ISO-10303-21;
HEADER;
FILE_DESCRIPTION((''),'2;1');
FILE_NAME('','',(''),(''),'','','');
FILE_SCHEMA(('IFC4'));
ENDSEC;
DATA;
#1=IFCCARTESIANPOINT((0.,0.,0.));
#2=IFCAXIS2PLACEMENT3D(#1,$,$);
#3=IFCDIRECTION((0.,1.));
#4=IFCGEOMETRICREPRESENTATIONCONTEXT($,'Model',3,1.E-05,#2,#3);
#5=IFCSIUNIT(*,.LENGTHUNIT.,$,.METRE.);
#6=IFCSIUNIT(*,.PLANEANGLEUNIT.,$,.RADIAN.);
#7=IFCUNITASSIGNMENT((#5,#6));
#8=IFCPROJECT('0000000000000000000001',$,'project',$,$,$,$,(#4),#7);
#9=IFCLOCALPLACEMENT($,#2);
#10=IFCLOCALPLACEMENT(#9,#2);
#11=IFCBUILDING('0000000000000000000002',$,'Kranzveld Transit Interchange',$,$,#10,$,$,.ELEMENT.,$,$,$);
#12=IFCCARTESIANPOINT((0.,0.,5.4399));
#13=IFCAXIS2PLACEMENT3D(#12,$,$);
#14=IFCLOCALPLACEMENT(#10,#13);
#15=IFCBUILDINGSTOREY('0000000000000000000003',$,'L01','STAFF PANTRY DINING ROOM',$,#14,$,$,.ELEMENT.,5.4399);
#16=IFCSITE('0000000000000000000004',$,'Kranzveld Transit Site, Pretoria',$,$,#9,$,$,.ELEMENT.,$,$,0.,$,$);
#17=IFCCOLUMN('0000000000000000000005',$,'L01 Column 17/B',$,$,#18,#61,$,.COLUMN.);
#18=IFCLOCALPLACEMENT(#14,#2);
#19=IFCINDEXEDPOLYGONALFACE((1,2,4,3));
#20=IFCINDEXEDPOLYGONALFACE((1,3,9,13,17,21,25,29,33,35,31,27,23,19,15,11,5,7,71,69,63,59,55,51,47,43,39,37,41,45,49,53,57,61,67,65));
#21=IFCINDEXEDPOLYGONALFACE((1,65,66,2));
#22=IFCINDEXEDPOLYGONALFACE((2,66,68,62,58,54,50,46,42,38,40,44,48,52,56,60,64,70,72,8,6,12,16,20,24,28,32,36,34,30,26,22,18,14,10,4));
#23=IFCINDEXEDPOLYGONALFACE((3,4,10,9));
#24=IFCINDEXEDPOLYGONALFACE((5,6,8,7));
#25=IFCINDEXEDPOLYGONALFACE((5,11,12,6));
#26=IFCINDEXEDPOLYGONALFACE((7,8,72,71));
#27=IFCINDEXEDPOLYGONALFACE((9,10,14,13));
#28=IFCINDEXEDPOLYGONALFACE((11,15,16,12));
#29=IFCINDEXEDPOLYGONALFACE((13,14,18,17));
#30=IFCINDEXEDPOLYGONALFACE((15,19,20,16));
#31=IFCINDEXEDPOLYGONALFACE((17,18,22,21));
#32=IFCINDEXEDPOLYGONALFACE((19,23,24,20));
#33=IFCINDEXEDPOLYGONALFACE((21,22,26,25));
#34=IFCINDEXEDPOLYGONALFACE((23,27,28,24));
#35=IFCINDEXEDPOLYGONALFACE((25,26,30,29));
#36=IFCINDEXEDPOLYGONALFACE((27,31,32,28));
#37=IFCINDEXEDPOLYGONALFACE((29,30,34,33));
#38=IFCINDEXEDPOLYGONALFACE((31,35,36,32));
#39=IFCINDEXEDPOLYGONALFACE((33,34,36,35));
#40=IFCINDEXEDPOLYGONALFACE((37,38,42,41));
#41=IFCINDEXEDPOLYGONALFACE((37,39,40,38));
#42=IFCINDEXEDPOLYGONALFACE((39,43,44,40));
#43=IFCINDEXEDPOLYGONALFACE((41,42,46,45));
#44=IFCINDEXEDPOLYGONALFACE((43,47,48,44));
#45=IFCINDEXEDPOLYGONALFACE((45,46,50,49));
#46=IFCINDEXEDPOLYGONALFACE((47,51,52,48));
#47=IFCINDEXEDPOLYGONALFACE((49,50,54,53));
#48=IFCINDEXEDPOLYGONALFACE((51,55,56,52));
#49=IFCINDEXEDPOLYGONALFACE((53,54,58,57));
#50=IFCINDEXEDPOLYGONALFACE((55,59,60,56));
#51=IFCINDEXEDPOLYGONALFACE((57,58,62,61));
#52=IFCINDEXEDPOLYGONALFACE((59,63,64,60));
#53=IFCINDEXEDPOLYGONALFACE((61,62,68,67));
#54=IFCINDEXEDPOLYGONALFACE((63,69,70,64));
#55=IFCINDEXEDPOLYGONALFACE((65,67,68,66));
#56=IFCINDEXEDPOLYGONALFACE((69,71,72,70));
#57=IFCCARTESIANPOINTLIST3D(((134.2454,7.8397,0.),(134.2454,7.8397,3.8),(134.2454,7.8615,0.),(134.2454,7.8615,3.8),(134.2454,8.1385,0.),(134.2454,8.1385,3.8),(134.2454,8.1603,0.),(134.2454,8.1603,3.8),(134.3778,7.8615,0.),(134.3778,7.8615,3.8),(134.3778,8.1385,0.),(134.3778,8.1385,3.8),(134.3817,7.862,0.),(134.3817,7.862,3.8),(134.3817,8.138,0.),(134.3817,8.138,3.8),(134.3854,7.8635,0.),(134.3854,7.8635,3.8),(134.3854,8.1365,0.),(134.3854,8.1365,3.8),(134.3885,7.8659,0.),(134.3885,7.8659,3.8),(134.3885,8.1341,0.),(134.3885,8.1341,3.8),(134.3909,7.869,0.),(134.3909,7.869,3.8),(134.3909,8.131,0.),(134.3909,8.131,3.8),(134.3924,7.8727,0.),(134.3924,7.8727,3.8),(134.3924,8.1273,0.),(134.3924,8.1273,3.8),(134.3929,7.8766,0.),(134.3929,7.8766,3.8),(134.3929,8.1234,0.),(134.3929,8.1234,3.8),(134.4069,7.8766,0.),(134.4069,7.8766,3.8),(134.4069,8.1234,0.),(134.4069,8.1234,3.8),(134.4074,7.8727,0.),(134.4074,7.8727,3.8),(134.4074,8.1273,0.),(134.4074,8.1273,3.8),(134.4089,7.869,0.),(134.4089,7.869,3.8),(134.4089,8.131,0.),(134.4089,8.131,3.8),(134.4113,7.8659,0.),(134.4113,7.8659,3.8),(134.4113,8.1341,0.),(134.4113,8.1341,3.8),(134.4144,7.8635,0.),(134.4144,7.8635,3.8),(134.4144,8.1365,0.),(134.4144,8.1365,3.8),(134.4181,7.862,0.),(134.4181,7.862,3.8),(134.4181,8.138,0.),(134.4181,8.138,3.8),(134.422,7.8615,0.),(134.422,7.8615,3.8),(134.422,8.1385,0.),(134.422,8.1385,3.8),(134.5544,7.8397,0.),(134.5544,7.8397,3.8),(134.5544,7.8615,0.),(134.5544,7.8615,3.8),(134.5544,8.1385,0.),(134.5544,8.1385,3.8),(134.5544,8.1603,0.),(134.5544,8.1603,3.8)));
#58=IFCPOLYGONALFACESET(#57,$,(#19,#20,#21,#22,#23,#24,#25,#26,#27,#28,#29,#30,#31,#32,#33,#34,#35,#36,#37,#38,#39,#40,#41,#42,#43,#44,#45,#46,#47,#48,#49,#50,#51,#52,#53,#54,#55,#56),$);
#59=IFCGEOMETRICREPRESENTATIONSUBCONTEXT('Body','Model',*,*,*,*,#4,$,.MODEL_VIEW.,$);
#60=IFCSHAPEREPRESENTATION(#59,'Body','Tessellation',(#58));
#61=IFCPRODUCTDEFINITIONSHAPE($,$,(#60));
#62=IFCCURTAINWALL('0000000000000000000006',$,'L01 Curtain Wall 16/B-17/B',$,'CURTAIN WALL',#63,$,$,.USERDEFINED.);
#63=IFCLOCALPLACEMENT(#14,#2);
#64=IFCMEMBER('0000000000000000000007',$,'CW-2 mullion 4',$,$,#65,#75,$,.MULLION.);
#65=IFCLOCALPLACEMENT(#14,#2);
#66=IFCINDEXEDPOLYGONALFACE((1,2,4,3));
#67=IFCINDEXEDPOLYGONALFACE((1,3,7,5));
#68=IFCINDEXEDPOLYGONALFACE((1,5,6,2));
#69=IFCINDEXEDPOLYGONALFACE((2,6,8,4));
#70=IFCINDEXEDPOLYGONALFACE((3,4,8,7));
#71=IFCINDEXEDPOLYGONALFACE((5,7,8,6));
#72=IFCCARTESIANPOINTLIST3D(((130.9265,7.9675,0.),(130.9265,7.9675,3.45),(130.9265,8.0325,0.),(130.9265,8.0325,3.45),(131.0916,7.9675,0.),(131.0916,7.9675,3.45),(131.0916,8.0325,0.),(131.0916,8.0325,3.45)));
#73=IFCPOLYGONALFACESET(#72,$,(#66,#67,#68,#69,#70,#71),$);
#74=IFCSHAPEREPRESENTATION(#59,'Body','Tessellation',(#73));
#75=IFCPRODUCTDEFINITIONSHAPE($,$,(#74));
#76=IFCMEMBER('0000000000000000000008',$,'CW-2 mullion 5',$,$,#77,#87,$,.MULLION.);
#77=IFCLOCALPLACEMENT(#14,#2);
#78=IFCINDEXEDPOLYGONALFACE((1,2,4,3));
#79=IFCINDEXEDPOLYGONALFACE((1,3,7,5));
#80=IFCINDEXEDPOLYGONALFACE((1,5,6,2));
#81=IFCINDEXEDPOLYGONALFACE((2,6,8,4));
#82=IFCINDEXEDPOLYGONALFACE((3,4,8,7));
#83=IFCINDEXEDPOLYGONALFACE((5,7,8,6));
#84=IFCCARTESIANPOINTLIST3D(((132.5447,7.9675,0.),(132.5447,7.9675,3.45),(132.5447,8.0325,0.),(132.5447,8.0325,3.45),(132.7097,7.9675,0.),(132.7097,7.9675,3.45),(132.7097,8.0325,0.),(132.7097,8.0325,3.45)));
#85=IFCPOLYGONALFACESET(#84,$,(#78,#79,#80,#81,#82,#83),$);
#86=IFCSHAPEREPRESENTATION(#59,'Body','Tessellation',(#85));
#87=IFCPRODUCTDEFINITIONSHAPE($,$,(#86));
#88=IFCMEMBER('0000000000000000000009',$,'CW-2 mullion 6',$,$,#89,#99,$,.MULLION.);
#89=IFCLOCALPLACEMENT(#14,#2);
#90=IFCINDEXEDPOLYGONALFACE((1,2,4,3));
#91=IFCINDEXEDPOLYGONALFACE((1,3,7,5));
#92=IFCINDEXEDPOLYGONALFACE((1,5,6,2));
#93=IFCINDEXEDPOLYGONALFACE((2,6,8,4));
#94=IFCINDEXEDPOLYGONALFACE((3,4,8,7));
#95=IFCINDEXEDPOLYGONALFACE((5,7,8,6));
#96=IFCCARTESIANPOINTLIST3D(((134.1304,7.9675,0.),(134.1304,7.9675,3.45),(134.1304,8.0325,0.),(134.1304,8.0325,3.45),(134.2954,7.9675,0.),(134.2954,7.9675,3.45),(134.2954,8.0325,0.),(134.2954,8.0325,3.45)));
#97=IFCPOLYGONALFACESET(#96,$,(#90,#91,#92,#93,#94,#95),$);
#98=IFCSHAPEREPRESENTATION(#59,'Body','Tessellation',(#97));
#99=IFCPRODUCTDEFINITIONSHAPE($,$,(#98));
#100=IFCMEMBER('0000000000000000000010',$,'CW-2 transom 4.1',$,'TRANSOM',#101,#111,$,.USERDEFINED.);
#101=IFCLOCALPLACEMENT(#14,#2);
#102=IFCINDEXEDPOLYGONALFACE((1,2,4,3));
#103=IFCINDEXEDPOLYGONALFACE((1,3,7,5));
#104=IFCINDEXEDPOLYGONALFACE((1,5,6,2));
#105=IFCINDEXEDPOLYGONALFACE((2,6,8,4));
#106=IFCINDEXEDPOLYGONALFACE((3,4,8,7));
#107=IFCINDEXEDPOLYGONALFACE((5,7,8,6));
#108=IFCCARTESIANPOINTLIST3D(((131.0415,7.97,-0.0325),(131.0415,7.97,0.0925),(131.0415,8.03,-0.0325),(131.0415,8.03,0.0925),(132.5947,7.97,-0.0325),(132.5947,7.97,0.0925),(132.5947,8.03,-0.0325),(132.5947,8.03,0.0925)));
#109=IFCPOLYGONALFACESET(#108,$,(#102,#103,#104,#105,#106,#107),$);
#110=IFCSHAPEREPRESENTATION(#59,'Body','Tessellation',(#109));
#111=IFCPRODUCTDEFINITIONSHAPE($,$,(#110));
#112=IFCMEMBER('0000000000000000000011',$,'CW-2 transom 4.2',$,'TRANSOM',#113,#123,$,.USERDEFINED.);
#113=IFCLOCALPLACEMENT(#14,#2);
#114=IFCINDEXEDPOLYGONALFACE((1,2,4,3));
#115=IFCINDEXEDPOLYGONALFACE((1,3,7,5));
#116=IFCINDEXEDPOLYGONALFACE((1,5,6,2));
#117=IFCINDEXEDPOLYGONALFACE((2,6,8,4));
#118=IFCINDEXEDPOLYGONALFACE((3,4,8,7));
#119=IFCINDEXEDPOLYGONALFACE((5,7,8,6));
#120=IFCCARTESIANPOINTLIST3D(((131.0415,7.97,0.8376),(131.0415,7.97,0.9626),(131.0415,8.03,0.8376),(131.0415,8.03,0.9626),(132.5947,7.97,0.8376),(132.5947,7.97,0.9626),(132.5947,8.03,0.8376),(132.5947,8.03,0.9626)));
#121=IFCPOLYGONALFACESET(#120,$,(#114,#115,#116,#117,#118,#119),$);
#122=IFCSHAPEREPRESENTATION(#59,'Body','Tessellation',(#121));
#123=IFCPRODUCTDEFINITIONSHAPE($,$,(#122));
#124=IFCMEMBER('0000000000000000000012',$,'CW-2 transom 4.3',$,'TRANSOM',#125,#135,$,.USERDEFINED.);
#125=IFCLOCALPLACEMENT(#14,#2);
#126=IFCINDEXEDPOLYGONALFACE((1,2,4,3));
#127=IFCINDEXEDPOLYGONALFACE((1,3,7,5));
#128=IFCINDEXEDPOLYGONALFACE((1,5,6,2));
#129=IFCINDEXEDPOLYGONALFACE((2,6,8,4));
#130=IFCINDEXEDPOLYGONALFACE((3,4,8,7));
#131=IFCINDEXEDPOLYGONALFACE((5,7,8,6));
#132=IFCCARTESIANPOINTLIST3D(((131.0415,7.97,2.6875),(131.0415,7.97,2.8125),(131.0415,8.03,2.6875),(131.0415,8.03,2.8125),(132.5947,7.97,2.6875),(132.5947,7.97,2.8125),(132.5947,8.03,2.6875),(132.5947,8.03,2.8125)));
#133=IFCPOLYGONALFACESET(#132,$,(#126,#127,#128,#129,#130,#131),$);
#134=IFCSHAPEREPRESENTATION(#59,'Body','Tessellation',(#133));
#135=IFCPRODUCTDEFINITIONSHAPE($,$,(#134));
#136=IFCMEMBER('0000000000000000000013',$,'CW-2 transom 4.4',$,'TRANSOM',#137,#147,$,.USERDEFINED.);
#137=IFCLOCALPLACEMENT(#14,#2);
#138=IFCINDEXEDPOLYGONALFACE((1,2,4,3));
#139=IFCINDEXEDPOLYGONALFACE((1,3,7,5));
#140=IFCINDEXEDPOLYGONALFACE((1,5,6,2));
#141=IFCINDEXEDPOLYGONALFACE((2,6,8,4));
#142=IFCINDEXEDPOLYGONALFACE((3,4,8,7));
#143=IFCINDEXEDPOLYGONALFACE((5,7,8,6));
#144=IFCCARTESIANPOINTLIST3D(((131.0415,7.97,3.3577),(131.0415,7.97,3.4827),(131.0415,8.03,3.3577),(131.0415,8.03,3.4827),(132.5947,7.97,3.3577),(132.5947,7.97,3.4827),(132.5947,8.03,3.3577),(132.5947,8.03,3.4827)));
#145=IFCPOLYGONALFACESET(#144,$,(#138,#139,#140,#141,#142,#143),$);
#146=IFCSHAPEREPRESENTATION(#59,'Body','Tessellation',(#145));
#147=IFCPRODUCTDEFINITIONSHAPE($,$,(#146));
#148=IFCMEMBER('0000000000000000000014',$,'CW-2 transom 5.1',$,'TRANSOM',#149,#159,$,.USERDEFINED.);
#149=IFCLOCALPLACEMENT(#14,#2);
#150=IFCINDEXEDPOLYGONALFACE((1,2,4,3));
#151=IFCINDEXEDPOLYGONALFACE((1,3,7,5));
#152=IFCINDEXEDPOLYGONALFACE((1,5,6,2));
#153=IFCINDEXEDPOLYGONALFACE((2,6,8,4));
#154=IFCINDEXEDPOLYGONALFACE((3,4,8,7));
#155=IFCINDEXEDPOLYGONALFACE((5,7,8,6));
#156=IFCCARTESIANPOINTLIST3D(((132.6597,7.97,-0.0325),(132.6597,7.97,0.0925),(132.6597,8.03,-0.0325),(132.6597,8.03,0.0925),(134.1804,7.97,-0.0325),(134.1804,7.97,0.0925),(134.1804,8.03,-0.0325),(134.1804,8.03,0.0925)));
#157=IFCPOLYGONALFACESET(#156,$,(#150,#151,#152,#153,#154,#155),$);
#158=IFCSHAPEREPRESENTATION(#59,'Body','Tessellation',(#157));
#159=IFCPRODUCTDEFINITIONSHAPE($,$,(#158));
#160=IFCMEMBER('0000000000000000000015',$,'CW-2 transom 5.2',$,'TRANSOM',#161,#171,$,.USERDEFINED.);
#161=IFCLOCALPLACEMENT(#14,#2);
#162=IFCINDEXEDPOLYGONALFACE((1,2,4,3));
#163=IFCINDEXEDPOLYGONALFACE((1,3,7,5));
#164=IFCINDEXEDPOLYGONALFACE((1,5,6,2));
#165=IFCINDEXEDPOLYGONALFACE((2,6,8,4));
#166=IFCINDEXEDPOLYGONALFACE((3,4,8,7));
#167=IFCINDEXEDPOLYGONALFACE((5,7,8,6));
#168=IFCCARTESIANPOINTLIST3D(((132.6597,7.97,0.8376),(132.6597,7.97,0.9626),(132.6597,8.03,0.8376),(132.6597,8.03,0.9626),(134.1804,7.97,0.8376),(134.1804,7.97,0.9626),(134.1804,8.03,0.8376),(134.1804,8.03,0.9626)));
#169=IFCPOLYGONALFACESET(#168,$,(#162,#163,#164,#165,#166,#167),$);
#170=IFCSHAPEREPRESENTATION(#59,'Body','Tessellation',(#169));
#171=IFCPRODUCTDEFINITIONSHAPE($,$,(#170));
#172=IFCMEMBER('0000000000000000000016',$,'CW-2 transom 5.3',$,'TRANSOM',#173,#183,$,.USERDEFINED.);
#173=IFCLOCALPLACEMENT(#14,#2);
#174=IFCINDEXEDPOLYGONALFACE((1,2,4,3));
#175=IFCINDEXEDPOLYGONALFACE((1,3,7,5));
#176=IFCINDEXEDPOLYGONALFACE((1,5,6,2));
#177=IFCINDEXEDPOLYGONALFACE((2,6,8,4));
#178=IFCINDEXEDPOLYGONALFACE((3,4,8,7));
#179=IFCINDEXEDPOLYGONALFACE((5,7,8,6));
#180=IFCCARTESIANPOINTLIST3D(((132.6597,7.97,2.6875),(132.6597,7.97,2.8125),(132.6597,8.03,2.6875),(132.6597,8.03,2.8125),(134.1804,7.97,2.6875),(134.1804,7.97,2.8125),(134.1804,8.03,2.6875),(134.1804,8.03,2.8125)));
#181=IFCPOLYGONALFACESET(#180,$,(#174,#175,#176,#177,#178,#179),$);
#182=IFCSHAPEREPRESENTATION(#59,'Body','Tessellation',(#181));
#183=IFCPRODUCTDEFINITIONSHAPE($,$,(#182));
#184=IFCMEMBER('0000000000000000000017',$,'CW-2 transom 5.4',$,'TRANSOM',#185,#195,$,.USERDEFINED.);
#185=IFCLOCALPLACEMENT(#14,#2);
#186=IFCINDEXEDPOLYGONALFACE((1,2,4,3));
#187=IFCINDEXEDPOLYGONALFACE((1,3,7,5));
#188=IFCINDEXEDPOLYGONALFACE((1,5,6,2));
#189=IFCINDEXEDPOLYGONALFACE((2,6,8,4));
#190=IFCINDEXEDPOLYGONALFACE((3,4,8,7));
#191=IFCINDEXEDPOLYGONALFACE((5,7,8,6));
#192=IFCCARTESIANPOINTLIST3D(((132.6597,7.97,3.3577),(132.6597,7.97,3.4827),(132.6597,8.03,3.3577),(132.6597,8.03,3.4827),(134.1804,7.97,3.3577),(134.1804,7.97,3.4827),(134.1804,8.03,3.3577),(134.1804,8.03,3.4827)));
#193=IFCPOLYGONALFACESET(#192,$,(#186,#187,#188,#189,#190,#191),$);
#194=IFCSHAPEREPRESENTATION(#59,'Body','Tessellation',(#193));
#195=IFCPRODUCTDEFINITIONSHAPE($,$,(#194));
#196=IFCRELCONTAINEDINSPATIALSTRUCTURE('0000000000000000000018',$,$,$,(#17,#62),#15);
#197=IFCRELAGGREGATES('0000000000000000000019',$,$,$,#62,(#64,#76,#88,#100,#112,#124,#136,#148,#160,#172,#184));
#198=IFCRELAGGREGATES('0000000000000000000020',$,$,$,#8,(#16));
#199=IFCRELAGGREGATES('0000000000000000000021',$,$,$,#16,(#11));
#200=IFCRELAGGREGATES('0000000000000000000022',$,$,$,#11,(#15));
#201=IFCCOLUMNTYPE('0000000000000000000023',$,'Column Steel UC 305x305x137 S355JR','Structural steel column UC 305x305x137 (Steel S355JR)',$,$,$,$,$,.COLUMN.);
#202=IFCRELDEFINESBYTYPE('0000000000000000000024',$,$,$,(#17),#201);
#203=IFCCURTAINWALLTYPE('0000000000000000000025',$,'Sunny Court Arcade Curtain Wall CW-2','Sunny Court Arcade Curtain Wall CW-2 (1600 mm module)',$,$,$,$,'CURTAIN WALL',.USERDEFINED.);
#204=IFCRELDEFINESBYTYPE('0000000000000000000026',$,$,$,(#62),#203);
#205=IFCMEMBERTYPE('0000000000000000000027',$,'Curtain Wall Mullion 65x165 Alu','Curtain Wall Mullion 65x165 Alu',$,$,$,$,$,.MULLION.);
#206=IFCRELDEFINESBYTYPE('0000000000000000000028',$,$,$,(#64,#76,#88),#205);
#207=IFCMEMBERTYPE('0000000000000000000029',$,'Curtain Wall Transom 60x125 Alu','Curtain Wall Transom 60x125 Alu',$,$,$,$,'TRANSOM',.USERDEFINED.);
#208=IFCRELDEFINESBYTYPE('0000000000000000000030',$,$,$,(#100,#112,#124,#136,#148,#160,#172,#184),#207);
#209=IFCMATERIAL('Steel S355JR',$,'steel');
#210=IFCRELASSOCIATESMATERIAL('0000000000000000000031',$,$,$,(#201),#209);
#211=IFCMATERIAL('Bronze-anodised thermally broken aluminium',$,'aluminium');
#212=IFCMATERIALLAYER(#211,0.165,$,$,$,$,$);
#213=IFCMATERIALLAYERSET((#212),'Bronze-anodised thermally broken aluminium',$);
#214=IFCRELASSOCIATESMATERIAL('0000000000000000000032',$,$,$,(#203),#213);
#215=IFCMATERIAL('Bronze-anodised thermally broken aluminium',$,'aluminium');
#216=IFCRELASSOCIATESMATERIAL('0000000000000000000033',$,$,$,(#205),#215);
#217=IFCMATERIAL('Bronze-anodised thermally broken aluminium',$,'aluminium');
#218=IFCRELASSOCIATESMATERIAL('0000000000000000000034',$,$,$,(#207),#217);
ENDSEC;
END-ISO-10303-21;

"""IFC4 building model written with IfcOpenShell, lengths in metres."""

from ifc_helpers import new_model, si_unit, direction, frame, origin, origin_2d, place, context, subcontext, project, spatial, rectangle, i_section, extrude, material, layer, layer_set, material_profile, profile_set, type_object, element, aggregate, save


model = new_model("IFC4")

# Units and contexts
model_context = context("Model", 3, precision=1e-05, world=origin(), true_north=direction((0.0, 1.0)))
body_context = subcontext(model_context, "Body", "Model", "MODEL_VIEW")
ifc_project = project(units=[si_unit("LENGTHUNIT", "METRE"), si_unit("PLANEANGLEUNIT", "RADIAN")], contexts=[model_context])

# Site, building, storey
site_placement = place(None, origin())
site = spatial("IfcSite", under=ifc_project, at=site_placement, Name="Kranzveld Transit Site, Pretoria", CompositionType="ELEMENT", RefElevation=0.0)
building_placement = place(site_placement, origin())
building = spatial("IfcBuilding", under=site, at=building_placement, Name="Kranzveld Transit Interchange", CompositionType="ELEMENT")
storey_placement = place(building_placement, frame((0.0, 0.0, 5.4399)))
storey = spatial("IfcBuildingStorey", under=building, at=storey_placement, Name="L01", Description="STAFF PANTRY DINING ROOM", CompositionType="ELEMENT", Elevation=5.4399)

# Column
ifc_material_1 = material(Name="Steel S355JR", Category="steel")
ifc_material_profile_1 = material_profile(ifc_material_1, i_section(OverallWidth=0.3091, OverallDepth=0.3206, WebThickness=0.0139, FlangeThickness=0.0217, FilletRadius=0.0151, at=origin_2d()), Name="UC 305x305x137")
ifc_profile_set_1 = profile_set([ifc_material_profile_1], Name="Steel S355JR")
column_type = type_object("IfcColumnType", Name="Column Steel UC 305x305x137 S355JR", Description="Structural steel column UC 305x305x137 (Steel S355JR)", PredefinedType="COLUMN", material=ifc_profile_set_1)
column_placement = place(storey_placement, frame((134.3999, 8.0, 0.0), z_axis=(0.0, 0.0, 1.0), x_axis=(1.0, 0.0, 0.0)))
element("IfcColumn", 1, at=column_placement, inside=storey, type_object=column_type, Name="L01 Column 17/B", PredefinedType="COLUMN", context=body_context, shape_type="SweptSolid", body=[
    extrude(i_section(OverallWidth=0.3091, OverallDepth=0.3206, WebThickness=0.0139, FlangeThickness=0.0217, FilletRadius=0.0151, at=origin_2d()), origin(), (0.0, 0.0, 1.0), 3.8),
])

# Curtain wall, members
ifc_material_2 = material(Name="Bronze-anodised thermally broken aluminium", Category="aluminium")
ifc_layer_1 = layer(ifc_material_2, 0.165)
ifc_layer_set_1 = layer_set([ifc_layer_1], Name="Bronze-anodised thermally broken aluminium")
curtain_wall_type = type_object("IfcCurtainWallType", Name="Sunny Court Arcade Curtain Wall CW-2", Description="Sunny Court Arcade Curtain Wall CW-2 (1600 mm module)", ElementType="CURTAIN WALL", PredefinedType="USERDEFINED", material=ifc_layer_set_1)
curtain_wall_placement = place(storey_placement, origin())
curtain_wall = element("IfcCurtainWall", 2, at=curtain_wall_placement, inside=storey, type_object=curtain_wall_type, Name="L01 Curtain Wall 16/B-17/B", ObjectType="CURTAIN WALL", PredefinedType="USERDEFINED")
ifc_material_3 = material(Name="Bronze-anodised thermally broken aluminium", Category="aluminium")
ifc_material_profile_2 = material_profile(ifc_material_3, rectangle(XDim=0.0649, YDim=0.165, at=origin_2d()), Name="ALU MULLION 65x165")
ifc_profile_set_2 = profile_set([ifc_material_profile_2], Name="Bronze-anodised thermally broken aluminium")
member_type_1 = type_object("IfcMemberType", Name="Curtain Wall Mullion 65x165 Alu", Description="Curtain Wall Mullion 65x165 Alu", PredefinedType="MULLION", material=ifc_profile_set_2)
member_1_placement = place(storey_placement, frame((131.009, 8.0, 0.0), z_axis=(0.0, 0.0, 1.0), x_axis=(0.0, 1.0, 0.0)))
member_1 = element("IfcMember", 3, at=member_1_placement, type_object=member_type_1, Name="CW-2 mullion 4", PredefinedType="MULLION", context=body_context, shape_type="SweptSolid", body=[
    extrude(rectangle(XDim=0.0649, YDim=0.165, at=origin_2d()), origin(), (0.0, 0.0, 1.0), 3.45),
])
member_2_placement = place(storey_placement, frame((132.6272, 8.0, 0.0), z_axis=(0.0, 0.0, 1.0), x_axis=(0.0, 1.0, 0.0)))
member_2 = element("IfcMember", 4, at=member_2_placement, type_object=member_type_1, Name="CW-2 mullion 5", PredefinedType="MULLION", context=body_context, shape_type="SweptSolid", body=[
    extrude(rectangle(XDim=0.0649, YDim=0.165, at=origin_2d()), origin(), (0.0, 0.0, 1.0), 3.45),
])
member_3_placement = place(storey_placement, frame((134.2129, 8.0, 0.0), z_axis=(0.0, 0.0, 1.0), x_axis=(0.0, 1.0, 0.0)))
member_3 = element("IfcMember", 5, at=member_3_placement, type_object=member_type_1, Name="CW-2 mullion 6", PredefinedType="MULLION", context=body_context, shape_type="SweptSolid", body=[
    extrude(rectangle(XDim=0.0649, YDim=0.165, at=origin_2d()), origin(), (0.0, 0.0, 1.0), 3.45),
])
ifc_material_4 = material(Name="Bronze-anodised thermally broken aluminium", Category="aluminium")
ifc_material_profile_3 = material_profile(ifc_material_4, rectangle(XDim=0.0601, YDim=0.125, at=origin_2d()), Name="ALU TRANSOM 60x125")
ifc_profile_set_3 = profile_set([ifc_material_profile_3], Name="Bronze-anodised thermally broken aluminium")
member_type_2 = type_object("IfcMemberType", Name="Curtain Wall Transom 60x125 Alu", Description="Curtain Wall Transom 60x125 Alu", ElementType="TRANSOM", PredefinedType="USERDEFINED", material=ifc_profile_set_3)
member_4_placement = place(storey_placement, frame((131.0415, 8.0, 0.03), z_axis=(1.0, 0.0, 0.0), x_axis=(0.0, 1.0, 0.0)))
member_4 = element("IfcMember", 6, at=member_4_placement, type_object=member_type_2, Name="CW-2 transom 4.1", ObjectType="TRANSOM", PredefinedType="USERDEFINED", context=body_context, shape_type="SweptSolid", body=[
    extrude(rectangle(XDim=0.0601, YDim=0.125, at=origin_2d()), origin(), (0.0, 0.0, 1.0), 1.5532),
])
member_5_placement = place(storey_placement, frame((131.0415, 8.0, 0.9001), z_axis=(1.0, 0.0, 0.0), x_axis=(0.0, 1.0, 0.0)))
member_5 = element("IfcMember", 7, at=member_5_placement, type_object=member_type_2, Name="CW-2 transom 4.2", ObjectType="TRANSOM", PredefinedType="USERDEFINED", context=body_context, shape_type="SweptSolid", body=[
    extrude(rectangle(XDim=0.0601, YDim=0.125, at=origin_2d()), origin(), (0.0, 0.0, 1.0), 1.5532),
])
member_6_placement = place(storey_placement, frame((131.0415, 8.0, 2.75), z_axis=(1.0, 0.0, 0.0), x_axis=(0.0, 1.0, 0.0)))
member_6 = element("IfcMember", 8, at=member_6_placement, type_object=member_type_2, Name="CW-2 transom 4.3", ObjectType="TRANSOM", PredefinedType="USERDEFINED", context=body_context, shape_type="SweptSolid", body=[
    extrude(rectangle(XDim=0.0601, YDim=0.125, at=origin_2d()), origin(), (0.0, 0.0, 1.0), 1.5532),
])
member_7_placement = place(storey_placement, frame((131.0415, 8.0, 3.4202), z_axis=(1.0, 0.0, 0.0), x_axis=(0.0, 1.0, 0.0)))
member_7 = element("IfcMember", 9, at=member_7_placement, type_object=member_type_2, Name="CW-2 transom 4.4", ObjectType="TRANSOM", PredefinedType="USERDEFINED", context=body_context, shape_type="SweptSolid", body=[
    extrude(rectangle(XDim=0.0601, YDim=0.125, at=origin_2d()), origin(), (0.0, 0.0, 1.0), 1.5532),
])
member_8_placement = place(storey_placement, frame((132.6597, 8.0, 0.03), z_axis=(1.0, 0.0, 0.0), x_axis=(0.0, 1.0, 0.0)))
member_8 = element("IfcMember", 10, at=member_8_placement, type_object=member_type_2, Name="CW-2 transom 5.1", ObjectType="TRANSOM", PredefinedType="USERDEFINED", context=body_context, shape_type="SweptSolid", body=[
    extrude(rectangle(XDim=0.0601, YDim=0.125, at=origin_2d()), origin(), (0.0, 0.0, 1.0), 1.5208),
])
member_9_placement = place(storey_placement, frame((132.6597, 8.0, 0.9001), z_axis=(1.0, 0.0, 0.0), x_axis=(0.0, 1.0, 0.0)))
member_9 = element("IfcMember", 11, at=member_9_placement, type_object=member_type_2, Name="CW-2 transom 5.2", ObjectType="TRANSOM", PredefinedType="USERDEFINED", context=body_context, shape_type="SweptSolid", body=[
    extrude(rectangle(XDim=0.0601, YDim=0.125, at=origin_2d()), origin(), (0.0, 0.0, 1.0), 1.5208),
])
member_10_placement = place(storey_placement, frame((132.6597, 8.0, 2.75), z_axis=(1.0, 0.0, 0.0), x_axis=(0.0, 1.0, 0.0)))
member_10 = element("IfcMember", 12, at=member_10_placement, type_object=member_type_2, Name="CW-2 transom 5.3", ObjectType="TRANSOM", PredefinedType="USERDEFINED", context=body_context, shape_type="SweptSolid", body=[
    extrude(rectangle(XDim=0.0601, YDim=0.125, at=origin_2d()), origin(), (0.0, 0.0, 1.0), 1.5208),
])
member_11_placement = place(storey_placement, frame((132.6597, 8.0, 3.4202), z_axis=(1.0, 0.0, 0.0), x_axis=(0.0, 1.0, 0.0)))
member_11 = element("IfcMember", 13, at=member_11_placement, type_object=member_type_2, Name="CW-2 transom 5.4", ObjectType="TRANSOM", PredefinedType="USERDEFINED", context=body_context, shape_type="SweptSolid", body=[
    extrude(rectangle(XDim=0.0601, YDim=0.125, at=origin_2d()), origin(), (0.0, 0.0, 1.0), 1.5208),
])

aggregate(curtain_wall, [member_1, member_2, member_3, member_4, member_5, member_6, member_7, member_8, member_9, member_10, member_11])

save(model, "model.ifc")
